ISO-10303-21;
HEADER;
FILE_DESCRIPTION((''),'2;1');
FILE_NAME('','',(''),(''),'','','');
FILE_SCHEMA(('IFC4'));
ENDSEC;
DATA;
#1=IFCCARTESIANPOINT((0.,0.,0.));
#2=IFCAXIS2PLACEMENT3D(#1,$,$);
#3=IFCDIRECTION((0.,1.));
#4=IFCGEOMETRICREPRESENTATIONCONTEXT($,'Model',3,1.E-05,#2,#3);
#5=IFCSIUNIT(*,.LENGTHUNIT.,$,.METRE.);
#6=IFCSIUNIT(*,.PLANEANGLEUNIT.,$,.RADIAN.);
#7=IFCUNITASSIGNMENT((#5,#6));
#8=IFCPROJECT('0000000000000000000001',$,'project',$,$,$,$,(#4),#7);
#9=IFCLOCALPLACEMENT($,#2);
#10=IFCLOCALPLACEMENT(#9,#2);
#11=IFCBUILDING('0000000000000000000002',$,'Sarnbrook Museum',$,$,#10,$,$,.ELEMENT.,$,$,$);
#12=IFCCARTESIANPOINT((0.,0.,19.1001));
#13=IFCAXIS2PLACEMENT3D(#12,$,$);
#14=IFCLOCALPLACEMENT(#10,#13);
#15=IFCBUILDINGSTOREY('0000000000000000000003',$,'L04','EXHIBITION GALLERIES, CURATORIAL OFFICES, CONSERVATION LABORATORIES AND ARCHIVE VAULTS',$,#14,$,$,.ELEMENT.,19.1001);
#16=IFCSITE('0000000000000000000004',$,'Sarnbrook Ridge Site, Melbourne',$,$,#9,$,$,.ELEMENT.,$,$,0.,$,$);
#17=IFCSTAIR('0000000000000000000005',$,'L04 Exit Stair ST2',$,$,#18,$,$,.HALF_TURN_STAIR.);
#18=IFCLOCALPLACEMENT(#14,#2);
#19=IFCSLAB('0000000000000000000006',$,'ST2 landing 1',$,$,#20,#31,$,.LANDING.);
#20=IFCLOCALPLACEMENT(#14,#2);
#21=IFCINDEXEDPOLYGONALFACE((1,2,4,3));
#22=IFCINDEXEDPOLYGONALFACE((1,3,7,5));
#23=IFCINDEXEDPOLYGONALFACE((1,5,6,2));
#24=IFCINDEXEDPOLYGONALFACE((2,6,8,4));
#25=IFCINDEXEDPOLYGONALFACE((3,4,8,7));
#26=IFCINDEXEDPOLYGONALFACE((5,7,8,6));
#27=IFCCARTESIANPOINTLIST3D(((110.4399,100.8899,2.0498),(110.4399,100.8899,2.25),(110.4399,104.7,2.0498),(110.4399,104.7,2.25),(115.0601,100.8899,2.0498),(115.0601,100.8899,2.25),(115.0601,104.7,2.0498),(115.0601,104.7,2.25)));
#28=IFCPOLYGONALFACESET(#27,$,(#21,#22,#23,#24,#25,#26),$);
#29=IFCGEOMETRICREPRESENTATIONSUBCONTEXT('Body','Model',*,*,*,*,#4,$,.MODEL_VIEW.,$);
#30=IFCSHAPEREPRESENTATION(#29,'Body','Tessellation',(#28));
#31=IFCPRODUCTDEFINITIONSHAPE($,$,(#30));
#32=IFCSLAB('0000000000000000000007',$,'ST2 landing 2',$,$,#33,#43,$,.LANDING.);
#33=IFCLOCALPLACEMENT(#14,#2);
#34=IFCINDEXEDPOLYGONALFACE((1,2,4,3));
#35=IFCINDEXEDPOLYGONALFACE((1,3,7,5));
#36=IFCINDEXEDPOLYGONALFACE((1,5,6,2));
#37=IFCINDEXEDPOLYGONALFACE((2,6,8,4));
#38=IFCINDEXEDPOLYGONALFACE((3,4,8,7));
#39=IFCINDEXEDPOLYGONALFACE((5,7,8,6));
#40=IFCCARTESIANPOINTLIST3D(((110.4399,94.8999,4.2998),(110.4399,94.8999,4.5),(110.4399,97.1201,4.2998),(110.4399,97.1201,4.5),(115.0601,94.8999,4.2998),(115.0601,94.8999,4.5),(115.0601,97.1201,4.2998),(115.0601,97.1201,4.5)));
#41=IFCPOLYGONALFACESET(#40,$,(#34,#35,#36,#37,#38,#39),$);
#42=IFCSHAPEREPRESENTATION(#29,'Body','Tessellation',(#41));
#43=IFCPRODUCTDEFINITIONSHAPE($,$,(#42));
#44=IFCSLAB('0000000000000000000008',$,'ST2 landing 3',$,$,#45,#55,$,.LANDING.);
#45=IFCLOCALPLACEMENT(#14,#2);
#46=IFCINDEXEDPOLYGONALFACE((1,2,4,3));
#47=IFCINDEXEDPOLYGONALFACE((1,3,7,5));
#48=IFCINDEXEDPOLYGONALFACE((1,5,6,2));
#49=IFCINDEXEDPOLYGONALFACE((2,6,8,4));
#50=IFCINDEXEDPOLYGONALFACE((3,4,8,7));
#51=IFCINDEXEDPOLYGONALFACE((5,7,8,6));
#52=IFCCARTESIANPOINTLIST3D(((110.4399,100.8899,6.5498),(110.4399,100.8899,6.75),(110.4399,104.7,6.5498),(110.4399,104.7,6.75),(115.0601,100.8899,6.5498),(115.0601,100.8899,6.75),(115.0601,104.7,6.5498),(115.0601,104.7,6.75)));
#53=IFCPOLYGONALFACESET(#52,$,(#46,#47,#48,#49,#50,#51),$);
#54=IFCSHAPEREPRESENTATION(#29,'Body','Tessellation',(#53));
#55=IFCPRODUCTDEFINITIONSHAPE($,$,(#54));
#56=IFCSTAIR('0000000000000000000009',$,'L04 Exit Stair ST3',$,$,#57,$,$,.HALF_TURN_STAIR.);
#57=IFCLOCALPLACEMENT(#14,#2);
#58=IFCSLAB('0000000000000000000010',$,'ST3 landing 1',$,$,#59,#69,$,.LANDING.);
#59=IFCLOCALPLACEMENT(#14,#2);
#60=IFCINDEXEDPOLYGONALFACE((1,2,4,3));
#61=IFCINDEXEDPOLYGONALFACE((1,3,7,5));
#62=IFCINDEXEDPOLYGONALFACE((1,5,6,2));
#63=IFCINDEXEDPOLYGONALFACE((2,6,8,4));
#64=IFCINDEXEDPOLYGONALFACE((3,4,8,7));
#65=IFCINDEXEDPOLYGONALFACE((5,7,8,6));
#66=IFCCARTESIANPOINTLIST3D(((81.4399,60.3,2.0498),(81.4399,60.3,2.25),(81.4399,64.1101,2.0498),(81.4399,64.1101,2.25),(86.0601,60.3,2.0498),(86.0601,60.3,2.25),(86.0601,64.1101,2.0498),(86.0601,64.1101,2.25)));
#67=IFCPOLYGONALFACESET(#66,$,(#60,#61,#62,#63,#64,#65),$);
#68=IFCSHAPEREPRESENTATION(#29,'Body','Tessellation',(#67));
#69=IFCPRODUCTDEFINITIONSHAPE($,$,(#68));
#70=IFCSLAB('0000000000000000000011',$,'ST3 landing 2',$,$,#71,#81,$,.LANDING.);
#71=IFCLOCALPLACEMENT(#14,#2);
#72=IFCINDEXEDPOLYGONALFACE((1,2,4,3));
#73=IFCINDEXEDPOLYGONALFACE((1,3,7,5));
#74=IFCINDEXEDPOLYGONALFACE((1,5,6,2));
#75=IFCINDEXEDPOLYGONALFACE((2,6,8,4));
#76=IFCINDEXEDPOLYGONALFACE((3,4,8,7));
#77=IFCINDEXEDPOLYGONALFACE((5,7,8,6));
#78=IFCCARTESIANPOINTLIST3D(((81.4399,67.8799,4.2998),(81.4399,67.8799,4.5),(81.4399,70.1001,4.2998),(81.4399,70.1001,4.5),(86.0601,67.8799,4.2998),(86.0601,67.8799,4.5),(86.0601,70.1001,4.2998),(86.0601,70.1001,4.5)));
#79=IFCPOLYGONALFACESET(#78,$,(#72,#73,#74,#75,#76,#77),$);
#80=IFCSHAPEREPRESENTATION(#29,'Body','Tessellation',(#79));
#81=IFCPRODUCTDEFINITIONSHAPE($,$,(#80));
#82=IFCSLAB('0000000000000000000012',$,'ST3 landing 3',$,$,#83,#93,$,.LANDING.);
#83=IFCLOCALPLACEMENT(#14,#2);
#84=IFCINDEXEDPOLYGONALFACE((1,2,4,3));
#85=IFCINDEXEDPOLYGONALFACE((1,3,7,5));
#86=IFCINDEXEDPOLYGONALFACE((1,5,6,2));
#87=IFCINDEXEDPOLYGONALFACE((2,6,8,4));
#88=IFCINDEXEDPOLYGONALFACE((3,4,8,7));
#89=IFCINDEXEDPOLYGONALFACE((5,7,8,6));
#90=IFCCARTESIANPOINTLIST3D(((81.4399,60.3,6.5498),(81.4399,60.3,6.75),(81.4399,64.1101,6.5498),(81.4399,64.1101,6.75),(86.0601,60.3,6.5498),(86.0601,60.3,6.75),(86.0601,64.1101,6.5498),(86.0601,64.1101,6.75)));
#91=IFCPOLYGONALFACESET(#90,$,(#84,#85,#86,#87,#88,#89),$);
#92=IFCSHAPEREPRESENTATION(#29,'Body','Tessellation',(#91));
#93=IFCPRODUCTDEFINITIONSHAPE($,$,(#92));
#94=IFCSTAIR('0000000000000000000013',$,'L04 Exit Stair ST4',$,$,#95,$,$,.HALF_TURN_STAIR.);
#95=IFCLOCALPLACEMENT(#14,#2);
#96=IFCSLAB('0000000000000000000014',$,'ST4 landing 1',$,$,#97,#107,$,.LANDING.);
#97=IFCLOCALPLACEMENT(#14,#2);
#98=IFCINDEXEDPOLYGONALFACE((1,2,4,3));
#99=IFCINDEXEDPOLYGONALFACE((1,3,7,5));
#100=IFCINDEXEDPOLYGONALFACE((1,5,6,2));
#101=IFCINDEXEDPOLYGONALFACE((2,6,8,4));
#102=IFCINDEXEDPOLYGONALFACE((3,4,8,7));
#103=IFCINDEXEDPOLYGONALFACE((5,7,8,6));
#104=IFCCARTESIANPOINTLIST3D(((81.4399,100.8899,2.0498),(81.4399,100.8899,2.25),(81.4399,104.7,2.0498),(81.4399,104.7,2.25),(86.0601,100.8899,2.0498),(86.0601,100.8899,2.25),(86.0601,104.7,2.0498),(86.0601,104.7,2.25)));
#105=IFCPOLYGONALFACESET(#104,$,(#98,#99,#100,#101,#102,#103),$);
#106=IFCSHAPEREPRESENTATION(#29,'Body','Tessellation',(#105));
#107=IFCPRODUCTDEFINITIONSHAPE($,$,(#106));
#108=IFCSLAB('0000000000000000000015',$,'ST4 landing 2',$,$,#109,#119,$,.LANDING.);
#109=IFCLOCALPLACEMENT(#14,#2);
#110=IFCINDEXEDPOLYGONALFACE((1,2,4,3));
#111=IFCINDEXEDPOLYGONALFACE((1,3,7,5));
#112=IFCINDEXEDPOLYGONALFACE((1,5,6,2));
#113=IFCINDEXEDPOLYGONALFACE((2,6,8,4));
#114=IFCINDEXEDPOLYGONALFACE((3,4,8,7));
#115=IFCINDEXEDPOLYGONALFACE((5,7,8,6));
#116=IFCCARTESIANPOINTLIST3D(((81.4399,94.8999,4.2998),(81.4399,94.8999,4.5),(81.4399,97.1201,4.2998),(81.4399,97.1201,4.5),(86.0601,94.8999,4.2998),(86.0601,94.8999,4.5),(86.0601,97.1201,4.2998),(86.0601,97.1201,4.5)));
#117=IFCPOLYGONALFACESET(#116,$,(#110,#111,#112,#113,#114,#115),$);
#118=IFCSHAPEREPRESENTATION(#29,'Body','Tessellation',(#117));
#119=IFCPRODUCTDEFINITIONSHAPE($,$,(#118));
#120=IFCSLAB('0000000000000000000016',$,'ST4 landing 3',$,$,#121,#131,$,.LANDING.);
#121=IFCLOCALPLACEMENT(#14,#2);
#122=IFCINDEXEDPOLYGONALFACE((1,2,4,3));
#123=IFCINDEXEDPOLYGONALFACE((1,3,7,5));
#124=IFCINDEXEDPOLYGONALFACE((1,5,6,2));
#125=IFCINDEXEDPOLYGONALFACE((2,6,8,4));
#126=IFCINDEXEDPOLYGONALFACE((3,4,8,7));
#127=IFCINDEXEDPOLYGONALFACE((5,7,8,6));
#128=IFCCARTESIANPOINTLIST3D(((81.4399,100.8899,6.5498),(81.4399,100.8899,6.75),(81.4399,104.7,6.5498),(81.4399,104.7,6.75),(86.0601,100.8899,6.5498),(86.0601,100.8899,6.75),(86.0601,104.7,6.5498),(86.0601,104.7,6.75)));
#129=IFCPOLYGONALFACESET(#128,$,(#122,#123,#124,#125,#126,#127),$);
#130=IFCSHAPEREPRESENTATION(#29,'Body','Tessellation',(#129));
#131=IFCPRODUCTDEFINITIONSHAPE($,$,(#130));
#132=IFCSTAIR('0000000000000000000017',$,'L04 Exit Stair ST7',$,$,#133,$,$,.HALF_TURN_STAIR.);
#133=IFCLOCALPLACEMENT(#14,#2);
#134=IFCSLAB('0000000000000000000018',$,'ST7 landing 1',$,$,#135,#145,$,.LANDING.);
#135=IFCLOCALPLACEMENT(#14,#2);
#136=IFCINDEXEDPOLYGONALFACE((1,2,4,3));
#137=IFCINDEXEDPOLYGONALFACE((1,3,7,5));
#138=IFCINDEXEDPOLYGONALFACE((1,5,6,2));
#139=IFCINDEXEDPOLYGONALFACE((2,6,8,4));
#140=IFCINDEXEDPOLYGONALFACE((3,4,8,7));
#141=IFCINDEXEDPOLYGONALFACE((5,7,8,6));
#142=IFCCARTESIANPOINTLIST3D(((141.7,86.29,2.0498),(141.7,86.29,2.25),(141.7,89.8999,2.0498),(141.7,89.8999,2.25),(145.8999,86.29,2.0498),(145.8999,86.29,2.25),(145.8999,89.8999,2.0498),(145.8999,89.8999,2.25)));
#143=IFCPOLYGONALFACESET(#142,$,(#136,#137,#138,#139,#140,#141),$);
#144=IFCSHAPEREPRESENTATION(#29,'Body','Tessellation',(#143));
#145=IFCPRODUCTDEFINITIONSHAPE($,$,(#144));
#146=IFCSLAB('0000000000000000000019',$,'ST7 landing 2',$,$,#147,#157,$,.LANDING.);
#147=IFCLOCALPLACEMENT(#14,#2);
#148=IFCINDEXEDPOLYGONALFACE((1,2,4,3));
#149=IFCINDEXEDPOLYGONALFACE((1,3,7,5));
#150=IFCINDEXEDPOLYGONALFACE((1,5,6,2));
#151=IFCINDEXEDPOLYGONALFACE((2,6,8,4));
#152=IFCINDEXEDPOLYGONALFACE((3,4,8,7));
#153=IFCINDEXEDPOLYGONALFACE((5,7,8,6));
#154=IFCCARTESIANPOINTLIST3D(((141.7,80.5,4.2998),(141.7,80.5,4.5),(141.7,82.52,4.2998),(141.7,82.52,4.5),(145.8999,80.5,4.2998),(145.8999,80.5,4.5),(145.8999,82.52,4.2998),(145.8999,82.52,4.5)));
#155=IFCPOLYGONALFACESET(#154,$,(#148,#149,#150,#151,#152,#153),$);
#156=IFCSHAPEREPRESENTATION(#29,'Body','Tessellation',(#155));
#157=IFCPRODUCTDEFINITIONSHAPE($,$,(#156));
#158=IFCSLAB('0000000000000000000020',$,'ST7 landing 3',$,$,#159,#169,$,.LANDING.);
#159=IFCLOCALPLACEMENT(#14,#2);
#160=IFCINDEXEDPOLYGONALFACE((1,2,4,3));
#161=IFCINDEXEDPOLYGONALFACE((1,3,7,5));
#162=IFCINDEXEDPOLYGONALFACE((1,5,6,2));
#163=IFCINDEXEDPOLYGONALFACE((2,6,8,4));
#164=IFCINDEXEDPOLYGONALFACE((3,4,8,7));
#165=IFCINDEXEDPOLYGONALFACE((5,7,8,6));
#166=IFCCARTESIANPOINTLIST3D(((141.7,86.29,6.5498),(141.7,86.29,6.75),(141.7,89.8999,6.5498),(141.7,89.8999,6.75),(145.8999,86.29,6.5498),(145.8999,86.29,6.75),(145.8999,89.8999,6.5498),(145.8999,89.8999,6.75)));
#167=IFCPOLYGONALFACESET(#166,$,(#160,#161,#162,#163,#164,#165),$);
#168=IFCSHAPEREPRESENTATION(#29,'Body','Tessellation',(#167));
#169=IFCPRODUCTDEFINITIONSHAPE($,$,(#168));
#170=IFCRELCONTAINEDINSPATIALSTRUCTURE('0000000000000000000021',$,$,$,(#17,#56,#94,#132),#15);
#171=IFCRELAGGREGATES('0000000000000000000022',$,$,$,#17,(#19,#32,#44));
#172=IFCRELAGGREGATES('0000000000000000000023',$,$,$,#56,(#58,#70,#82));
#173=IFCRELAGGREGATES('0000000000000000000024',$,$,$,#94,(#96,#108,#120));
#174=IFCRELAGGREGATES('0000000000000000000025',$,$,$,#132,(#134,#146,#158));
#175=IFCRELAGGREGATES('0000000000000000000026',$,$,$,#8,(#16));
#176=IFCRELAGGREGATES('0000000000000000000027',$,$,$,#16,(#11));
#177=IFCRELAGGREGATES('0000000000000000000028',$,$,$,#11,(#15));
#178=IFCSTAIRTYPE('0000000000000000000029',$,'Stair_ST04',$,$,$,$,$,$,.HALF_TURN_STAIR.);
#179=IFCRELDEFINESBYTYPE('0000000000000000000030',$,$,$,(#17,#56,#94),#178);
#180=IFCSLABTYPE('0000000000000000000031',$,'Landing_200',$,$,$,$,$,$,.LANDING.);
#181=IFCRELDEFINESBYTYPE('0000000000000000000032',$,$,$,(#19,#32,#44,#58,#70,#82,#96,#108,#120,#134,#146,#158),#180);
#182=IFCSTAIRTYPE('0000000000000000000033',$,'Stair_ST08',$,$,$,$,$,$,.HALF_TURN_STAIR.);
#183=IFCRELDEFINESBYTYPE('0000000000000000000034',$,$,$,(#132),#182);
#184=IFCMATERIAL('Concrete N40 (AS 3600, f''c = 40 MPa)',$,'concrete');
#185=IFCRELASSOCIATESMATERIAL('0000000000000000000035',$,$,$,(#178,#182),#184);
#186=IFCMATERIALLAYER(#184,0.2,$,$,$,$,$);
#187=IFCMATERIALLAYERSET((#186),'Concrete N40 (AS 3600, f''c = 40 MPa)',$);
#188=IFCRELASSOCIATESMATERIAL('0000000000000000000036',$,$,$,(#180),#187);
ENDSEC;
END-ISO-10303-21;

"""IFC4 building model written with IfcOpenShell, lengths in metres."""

from ifc_helpers import new_model, si_unit, direction, frame, origin, place, context, subcontext, project, spatial, polyline, outline, extrude, material, layer, layer_set, type_object, element, aggregate, save


model = new_model("IFC4")

# Units and contexts
model_context = context("Model", 3, precision=1e-05, world=origin(), true_north=direction((0.0, 1.0)))
body_context = subcontext(model_context, "Body", "Model", "MODEL_VIEW")
ifc_project = project(units=[si_unit("LENGTHUNIT", "METRE"), si_unit("PLANEANGLEUNIT", "RADIAN")], contexts=[model_context])

# Site, building, storey
site_placement = place(None, origin())
site = spatial("IfcSite", under=ifc_project, at=site_placement, Name="Sarnbrook Ridge Site, Melbourne", CompositionType="ELEMENT", RefElevation=0.0)
building_placement = place(site_placement, origin())
building = spatial("IfcBuilding", under=site, at=building_placement, Name="Sarnbrook Museum", CompositionType="ELEMENT")
storey_placement = place(building_placement, frame((0.0, 0.0, 19.1001)))
storey = spatial("IfcBuildingStorey", under=building, at=storey_placement, Name="L04", Description="EXHIBITION GALLERIES, CURATORIAL OFFICES, CONSERVATION LABORATORIES AND ARCHIVE VAULTS", CompositionType="ELEMENT", Elevation=19.1001)

# Stairs, slabs
ifc_material_1 = material(Name="Concrete N40 (AS 3600, f'c = 40 MPa)", Category="concrete")
stair_type_1 = type_object("IfcStairType", Name="Stair_ST04", PredefinedType="HALF_TURN_STAIR", material=ifc_material_1)
stair_1_placement = place(storey_placement, origin())
stair_1 = element("IfcStair", 1, at=stair_1_placement, inside=storey, type_object=stair_type_1, Name="L04 Exit Stair ST2", PredefinedType="HALF_TURN_STAIR")
ifc_layer = layer(ifc_material_1, 0.2)
ifc_layer_set = layer_set([ifc_layer], Name="Concrete N40 (AS 3600, f'c = 40 MPa)")
slab_type = type_object("IfcSlabType", Name="Landing_200", PredefinedType="LANDING", material=ifc_layer_set)
slab_1_placement = place(storey_placement, frame((0.0, 0.0, 2.0498)))
slab_1 = element("IfcSlab", 2, at=slab_1_placement, type_object=slab_type, Name="ST2 landing 1", PredefinedType="LANDING", context=body_context, shape_type="SweptSolid", body=[
    extrude(outline(polyline([(115.0601, 100.8899), (115.0601, 104.7), (110.4399, 104.7), (110.4399, 100.8899), (115.0601, 100.8899)])), origin(), (0.0, 0.0, 1.0), 0.2002),
])
slab_2_placement = place(storey_placement, frame((0.0, 0.0, 4.2998)))
slab_2 = element("IfcSlab", 3, at=slab_2_placement, type_object=slab_type, Name="ST2 landing 2", PredefinedType="LANDING", context=body_context, shape_type="SweptSolid", body=[
    extrude(outline(polyline([(115.0601, 94.8999), (115.0601, 97.1201), (110.4399, 97.1201), (110.4399, 94.8999), (115.0601, 94.8999)])), origin(), (0.0, 0.0, 1.0), 0.2002),
])
slab_3_placement = place(storey_placement, frame((0.0, 0.0, 6.5498)))
slab_3 = element("IfcSlab", 4, at=slab_3_placement, type_object=slab_type, Name="ST2 landing 3", PredefinedType="LANDING", context=body_context, shape_type="SweptSolid", body=[
    extrude(outline(polyline([(115.0601, 100.8899), (115.0601, 104.7), (110.4399, 104.7), (110.4399, 100.8899), (115.0601, 100.8899)])), origin(), (0.0, 0.0, 1.0), 0.2002),
])
aggregate(stair_1, [slab_1, slab_2, slab_3])
stair_2_placement = place(storey_placement, origin())
stair_2 = element("IfcStair", 5, at=stair_2_placement, inside=storey, type_object=stair_type_1, Name="L04 Exit Stair ST3", PredefinedType="HALF_TURN_STAIR")
slab_4_placement = place(storey_placement, frame((0.0, 0.0, 2.0498)))
slab_4 = element("IfcSlab", 6, at=slab_4_placement, type_object=slab_type, Name="ST3 landing 1", PredefinedType="LANDING", context=body_context, shape_type="SweptSolid", body=[
    extrude(outline(polyline([(81.4399, 64.1101), (81.4399, 60.3), (86.0601, 60.3), (86.0601, 64.1101), (81.4399, 64.1101)])), origin(), (0.0, 0.0, 1.0), 0.2002),
])
slab_5_placement = place(storey_placement, frame((0.0, 0.0, 4.2998)))
slab_5 = element("IfcSlab", 7, at=slab_5_placement, type_object=slab_type, Name="ST3 landing 2", PredefinedType="LANDING", context=body_context, shape_type="SweptSolid", body=[
    extrude(outline(polyline([(81.4399, 70.1001), (81.4399, 67.8799), (86.0601, 67.8799), (86.0601, 70.1001), (81.4399, 70.1001)])), origin(), (0.0, 0.0, 1.0), 0.2002),
])
slab_6_placement = place(storey_placement, frame((0.0, 0.0, 6.5498)))
slab_6 = element("IfcSlab", 8, at=slab_6_placement, type_object=slab_type, Name="ST3 landing 3", PredefinedType="LANDING", context=body_context, shape_type="SweptSolid", body=[
    extrude(outline(polyline([(81.4399, 64.1101), (81.4399, 60.3), (86.0601, 60.3), (86.0601, 64.1101), (81.4399, 64.1101)])), origin(), (0.0, 0.0, 1.0), 0.2002),
])
aggregate(stair_2, [slab_4, slab_5, slab_6])
stair_3_placement = place(storey_placement, origin())
stair_3 = element("IfcStair", 9, at=stair_3_placement, inside=storey, type_object=stair_type_1, Name="L04 Exit Stair ST4", PredefinedType="HALF_TURN_STAIR")
slab_7_placement = place(storey_placement, frame((0.0, 0.0, 2.0498)))
slab_7 = element("IfcSlab", 10, at=slab_7_placement, type_object=slab_type, Name="ST4 landing 1", PredefinedType="LANDING", context=body_context, shape_type="SweptSolid", body=[
    extrude(outline(polyline([(86.0601, 100.8899), (86.0601, 104.7), (81.4399, 104.7), (81.4399, 100.8899), (86.0601, 100.8899)])), origin(), (0.0, 0.0, 1.0), 0.2002),
])
slab_8_placement = place(storey_placement, frame((0.0, 0.0, 4.2998)))
slab_8 = element("IfcSlab", 11, at=slab_8_placement, type_object=slab_type, Name="ST4 landing 2", PredefinedType="LANDING", context=body_context, shape_type="SweptSolid", body=[
    extrude(outline(polyline([(86.0601, 94.8999), (86.0601, 97.1201), (81.4399, 97.1201), (81.4399, 94.8999), (86.0601, 94.8999)])), origin(), (0.0, 0.0, 1.0), 0.2002),
])
slab_9_placement = place(storey_placement, frame((0.0, 0.0, 6.5498)))
slab_9 = element("IfcSlab", 12, at=slab_9_placement, type_object=slab_type, Name="ST4 landing 3", PredefinedType="LANDING", context=body_context, shape_type="SweptSolid", body=[
    extrude(outline(polyline([(86.0601, 100.8899), (86.0601, 104.7), (81.4399, 104.7), (81.4399, 100.8899), (86.0601, 100.8899)])), origin(), (0.0, 0.0, 1.0), 0.2002),
])
aggregate(stair_3, [slab_7, slab_8, slab_9])
stair_type_2 = type_object("IfcStairType", Name="Stair_ST08", PredefinedType="HALF_TURN_STAIR", material=ifc_material_1)
stair_4_placement = place(storey_placement, origin())
stair_4 = element("IfcStair", 13, at=stair_4_placement, inside=storey, type_object=stair_type_2, Name="L04 Exit Stair ST7", PredefinedType="HALF_TURN_STAIR")
slab_10_placement = place(storey_placement, frame((0.0, 0.0, 2.0498)))
slab_10 = element("IfcSlab", 14, at=slab_10_placement, type_object=slab_type, Name="ST7 landing 1", PredefinedType="LANDING", context=body_context, shape_type="SweptSolid", body=[
    extrude(outline(polyline([(145.8999, 86.29), (145.8999, 89.8999), (141.7, 89.8999), (141.7, 86.29), (145.8999, 86.29)])), origin(), (0.0, 0.0, 1.0), 0.2002),
])
slab_11_placement = place(storey_placement, frame((0.0, 0.0, 4.2998)))
slab_11 = element("IfcSlab", 15, at=slab_11_placement, type_object=slab_type, Name="ST7 landing 2", PredefinedType="LANDING", context=body_context, shape_type="SweptSolid", body=[
    extrude(outline(polyline([(145.8999, 80.5), (145.8999, 82.52), (141.7, 82.52), (141.7, 80.5), (145.8999, 80.5)])), origin(), (0.0, 0.0, 1.0), 0.2002),
])
slab_12_placement = place(storey_placement, frame((0.0, 0.0, 6.5498)))
slab_12 = element("IfcSlab", 16, at=slab_12_placement, type_object=slab_type, Name="ST7 landing 3", PredefinedType="LANDING", context=body_context, shape_type="SweptSolid", body=[
    extrude(outline(polyline([(145.8999, 86.29), (145.8999, 89.8999), (141.7, 89.8999), (141.7, 86.29), (145.8999, 86.29)])), origin(), (0.0, 0.0, 1.0), 0.2002),
])
aggregate(stair_4, [slab_10, slab_11, slab_12])

save(model, "model.ifc")
